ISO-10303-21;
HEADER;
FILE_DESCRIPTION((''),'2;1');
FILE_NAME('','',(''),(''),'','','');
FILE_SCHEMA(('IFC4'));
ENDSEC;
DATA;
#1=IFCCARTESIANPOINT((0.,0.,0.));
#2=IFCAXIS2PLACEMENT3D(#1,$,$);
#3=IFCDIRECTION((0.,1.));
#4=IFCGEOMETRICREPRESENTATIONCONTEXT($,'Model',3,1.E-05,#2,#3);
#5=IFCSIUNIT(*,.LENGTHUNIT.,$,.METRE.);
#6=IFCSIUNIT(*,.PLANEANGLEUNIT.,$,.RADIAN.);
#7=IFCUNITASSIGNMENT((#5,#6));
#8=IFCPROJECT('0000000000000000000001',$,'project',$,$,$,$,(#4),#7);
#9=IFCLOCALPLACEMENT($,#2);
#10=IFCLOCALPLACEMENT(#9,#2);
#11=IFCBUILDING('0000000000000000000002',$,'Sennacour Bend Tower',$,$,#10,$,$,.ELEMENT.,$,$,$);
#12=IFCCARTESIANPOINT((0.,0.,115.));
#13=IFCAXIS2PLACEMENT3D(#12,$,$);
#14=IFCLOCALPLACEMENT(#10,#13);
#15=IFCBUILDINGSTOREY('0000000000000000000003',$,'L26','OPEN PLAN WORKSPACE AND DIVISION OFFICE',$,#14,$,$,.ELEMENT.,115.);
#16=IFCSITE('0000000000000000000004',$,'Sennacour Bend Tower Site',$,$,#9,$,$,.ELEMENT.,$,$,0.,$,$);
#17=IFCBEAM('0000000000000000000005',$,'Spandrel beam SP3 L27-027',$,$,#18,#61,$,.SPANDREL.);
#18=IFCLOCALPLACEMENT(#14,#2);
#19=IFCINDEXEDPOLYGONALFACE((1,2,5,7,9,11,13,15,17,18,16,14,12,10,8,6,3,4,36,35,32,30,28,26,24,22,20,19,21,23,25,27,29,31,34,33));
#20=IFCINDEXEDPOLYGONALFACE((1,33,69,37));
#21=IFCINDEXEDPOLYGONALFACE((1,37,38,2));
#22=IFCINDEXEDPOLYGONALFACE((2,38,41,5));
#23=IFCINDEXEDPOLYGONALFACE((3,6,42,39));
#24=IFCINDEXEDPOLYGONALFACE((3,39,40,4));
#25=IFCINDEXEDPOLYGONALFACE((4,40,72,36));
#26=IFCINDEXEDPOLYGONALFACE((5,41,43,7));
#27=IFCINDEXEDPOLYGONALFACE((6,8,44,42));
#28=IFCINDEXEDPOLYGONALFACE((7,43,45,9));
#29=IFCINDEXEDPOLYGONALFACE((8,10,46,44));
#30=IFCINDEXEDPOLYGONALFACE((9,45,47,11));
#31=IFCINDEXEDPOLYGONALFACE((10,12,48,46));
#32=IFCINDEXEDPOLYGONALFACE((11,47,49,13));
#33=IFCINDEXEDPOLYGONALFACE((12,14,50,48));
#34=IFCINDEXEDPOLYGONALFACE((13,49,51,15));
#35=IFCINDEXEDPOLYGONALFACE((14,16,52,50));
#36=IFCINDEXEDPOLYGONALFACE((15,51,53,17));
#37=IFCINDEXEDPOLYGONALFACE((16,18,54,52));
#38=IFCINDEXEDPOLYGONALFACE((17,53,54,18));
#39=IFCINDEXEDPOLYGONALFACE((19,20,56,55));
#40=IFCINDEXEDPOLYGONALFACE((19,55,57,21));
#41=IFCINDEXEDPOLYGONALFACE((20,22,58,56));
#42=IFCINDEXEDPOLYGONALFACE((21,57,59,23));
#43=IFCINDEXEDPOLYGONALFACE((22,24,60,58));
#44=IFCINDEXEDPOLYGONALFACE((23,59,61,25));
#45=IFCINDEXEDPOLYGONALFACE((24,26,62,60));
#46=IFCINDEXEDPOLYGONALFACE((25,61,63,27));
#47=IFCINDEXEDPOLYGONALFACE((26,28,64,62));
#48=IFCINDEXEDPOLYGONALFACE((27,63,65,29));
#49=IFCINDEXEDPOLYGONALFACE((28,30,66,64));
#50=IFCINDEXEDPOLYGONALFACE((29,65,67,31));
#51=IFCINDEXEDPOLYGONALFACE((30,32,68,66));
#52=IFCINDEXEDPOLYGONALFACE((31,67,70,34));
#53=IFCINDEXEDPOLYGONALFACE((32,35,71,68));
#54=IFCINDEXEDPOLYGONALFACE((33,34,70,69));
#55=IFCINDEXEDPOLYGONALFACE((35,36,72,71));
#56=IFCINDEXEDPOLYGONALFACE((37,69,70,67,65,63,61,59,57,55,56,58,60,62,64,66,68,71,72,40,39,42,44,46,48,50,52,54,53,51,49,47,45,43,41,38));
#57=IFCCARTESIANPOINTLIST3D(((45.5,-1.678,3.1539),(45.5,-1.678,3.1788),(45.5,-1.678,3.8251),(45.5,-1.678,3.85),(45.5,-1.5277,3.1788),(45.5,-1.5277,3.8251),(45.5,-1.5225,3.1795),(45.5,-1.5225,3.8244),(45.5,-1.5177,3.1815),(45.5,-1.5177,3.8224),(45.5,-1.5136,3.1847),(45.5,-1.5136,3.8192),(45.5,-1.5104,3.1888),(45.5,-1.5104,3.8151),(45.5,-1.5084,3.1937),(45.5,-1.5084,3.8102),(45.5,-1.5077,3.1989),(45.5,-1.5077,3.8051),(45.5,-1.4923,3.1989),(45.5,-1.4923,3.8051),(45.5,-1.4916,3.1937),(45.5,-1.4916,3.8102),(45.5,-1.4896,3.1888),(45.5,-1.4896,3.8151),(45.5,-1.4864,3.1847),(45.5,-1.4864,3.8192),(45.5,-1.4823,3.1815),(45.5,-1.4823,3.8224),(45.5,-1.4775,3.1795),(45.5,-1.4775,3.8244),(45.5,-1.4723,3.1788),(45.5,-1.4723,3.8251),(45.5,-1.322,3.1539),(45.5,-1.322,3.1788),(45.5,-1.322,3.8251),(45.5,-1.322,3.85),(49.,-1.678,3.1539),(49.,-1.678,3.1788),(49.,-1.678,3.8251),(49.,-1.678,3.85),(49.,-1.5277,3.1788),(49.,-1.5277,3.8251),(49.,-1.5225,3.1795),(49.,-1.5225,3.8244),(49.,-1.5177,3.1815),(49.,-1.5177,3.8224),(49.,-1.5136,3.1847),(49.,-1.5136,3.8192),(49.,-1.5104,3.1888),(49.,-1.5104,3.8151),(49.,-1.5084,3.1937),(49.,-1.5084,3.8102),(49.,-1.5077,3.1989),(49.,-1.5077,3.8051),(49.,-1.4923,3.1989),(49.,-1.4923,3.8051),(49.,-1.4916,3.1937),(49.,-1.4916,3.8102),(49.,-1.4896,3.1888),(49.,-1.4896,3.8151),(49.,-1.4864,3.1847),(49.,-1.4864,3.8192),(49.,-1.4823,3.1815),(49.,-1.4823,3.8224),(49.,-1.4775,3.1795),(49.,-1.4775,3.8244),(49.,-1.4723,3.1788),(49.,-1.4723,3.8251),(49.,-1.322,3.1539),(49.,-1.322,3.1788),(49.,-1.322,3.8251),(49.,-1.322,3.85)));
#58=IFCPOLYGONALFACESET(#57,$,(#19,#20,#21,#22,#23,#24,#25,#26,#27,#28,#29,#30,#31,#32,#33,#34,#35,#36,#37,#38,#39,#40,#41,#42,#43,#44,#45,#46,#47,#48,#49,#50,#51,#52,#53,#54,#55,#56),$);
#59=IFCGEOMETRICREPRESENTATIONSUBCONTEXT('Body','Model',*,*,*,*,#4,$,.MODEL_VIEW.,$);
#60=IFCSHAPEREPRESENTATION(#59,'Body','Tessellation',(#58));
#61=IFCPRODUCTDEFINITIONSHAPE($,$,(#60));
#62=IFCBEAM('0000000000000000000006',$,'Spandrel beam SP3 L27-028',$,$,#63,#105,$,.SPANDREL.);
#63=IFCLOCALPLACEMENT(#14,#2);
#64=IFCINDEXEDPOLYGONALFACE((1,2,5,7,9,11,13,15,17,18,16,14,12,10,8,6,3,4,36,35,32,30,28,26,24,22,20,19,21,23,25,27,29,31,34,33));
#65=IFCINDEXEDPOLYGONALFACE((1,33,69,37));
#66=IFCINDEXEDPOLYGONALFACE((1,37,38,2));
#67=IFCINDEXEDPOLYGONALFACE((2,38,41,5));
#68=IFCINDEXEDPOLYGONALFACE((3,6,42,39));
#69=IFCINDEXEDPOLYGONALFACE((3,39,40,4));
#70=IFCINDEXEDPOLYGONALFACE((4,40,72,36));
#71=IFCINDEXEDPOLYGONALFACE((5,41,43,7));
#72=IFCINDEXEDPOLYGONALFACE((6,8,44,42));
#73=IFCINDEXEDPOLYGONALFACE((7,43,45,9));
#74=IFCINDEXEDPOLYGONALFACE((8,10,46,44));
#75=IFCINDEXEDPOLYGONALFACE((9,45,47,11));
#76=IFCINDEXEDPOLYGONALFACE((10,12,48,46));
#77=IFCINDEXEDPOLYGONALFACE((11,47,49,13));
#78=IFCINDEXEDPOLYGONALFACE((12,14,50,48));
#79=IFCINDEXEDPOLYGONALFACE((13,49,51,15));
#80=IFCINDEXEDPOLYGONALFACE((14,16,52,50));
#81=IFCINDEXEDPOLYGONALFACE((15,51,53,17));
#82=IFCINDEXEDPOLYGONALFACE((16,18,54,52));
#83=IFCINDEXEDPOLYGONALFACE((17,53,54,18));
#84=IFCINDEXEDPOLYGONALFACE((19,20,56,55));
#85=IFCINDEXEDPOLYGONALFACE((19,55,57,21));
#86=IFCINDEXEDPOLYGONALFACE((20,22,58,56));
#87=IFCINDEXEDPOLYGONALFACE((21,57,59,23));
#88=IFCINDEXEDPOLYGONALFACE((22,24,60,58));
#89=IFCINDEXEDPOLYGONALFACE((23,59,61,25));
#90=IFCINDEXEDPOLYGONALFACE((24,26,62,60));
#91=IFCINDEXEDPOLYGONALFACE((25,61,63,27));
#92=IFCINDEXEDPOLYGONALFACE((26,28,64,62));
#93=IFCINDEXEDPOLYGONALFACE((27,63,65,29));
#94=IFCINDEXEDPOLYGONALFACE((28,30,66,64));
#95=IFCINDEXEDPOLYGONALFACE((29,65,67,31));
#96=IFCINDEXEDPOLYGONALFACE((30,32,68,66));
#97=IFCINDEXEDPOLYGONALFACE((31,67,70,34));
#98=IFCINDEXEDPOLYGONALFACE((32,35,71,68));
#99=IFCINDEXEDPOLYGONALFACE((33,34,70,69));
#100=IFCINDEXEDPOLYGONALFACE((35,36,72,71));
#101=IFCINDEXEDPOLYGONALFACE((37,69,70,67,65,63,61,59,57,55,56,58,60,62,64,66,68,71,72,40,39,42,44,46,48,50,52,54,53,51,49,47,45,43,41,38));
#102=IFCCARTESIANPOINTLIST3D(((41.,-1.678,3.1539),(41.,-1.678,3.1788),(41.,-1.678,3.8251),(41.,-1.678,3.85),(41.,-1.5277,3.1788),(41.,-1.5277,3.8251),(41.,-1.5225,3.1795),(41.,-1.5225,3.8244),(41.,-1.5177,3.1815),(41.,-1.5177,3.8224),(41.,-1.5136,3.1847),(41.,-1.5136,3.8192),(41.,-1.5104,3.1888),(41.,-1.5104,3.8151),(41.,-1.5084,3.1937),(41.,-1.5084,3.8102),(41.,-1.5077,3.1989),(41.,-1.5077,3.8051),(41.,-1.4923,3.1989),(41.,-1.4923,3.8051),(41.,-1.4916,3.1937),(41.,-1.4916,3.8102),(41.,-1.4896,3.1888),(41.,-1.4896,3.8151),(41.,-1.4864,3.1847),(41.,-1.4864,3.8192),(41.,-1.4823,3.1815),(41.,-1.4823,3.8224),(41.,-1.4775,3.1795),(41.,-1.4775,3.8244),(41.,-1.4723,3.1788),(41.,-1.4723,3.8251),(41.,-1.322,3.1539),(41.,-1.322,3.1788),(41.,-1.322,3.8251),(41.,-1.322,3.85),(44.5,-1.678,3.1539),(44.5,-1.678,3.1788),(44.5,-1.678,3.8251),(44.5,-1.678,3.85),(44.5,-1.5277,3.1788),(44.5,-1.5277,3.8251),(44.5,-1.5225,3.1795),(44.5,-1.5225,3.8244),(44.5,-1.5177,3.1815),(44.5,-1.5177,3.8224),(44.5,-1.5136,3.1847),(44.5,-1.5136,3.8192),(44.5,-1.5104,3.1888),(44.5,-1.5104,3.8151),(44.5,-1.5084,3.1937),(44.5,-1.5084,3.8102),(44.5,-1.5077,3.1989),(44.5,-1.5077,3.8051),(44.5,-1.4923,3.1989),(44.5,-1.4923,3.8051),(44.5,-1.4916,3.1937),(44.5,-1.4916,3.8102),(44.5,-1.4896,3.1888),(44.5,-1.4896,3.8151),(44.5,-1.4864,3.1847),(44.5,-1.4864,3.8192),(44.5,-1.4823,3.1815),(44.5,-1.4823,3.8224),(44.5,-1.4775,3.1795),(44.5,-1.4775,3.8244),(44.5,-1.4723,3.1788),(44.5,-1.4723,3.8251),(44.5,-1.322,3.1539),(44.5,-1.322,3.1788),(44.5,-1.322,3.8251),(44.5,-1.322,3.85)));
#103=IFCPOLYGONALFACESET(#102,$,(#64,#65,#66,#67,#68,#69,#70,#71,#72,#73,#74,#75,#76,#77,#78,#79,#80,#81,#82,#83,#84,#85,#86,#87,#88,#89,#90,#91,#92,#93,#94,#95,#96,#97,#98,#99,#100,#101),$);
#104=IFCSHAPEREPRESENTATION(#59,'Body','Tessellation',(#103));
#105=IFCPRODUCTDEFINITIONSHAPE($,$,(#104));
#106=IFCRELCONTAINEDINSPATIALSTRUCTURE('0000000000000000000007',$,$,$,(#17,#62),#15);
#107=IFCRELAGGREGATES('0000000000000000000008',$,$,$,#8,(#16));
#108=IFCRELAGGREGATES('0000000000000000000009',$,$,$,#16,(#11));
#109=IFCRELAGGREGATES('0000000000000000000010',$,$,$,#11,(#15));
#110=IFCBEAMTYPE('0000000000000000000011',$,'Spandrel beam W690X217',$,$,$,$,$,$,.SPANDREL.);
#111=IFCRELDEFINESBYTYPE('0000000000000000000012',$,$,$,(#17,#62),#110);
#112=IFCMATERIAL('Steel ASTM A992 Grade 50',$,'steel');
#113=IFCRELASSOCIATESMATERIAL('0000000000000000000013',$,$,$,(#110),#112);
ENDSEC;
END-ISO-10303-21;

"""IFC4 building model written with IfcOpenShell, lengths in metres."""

from ifc_helpers import new_model, si_unit, direction, frame, origin, origin_2d, place, context, subcontext, project, spatial, i_section, extrude, material, material_profile, profile_set, type_object, element, save


model = new_model("IFC4")

# Units and contexts
model_context = context("Model", 3, precision=1e-05, world=origin(), true_north=direction((0.0, 1.0)))
body_context = subcontext(model_context, "Body", "Model", "MODEL_VIEW")
ifc_project = project(units=[si_unit("LENGTHUNIT", "METRE"), si_unit("PLANEANGLEUNIT", "RADIAN")], contexts=[model_context])

# Site, building, storey
site_placement = place(None, origin())
site = spatial("IfcSite", under=ifc_project, at=site_placement, Name="Sennacour Bend Tower Site", CompositionType="ELEMENT", RefElevation=0.0)
building_placement = place(site_placement, origin())
building = spatial("IfcBuilding", under=site, at=building_placement, Name="Sennacour Bend Tower", CompositionType="ELEMENT")
storey_placement = place(building_placement, frame((0.0, 0.0, 115.0)))
storey = spatial("IfcBuildingStorey", under=building, at=storey_placement, Name="L26", Description="OPEN PLAN WORKSPACE AND DIVISION OFFICE", CompositionType="ELEMENT", Elevation=115.0)

# Beams
ifc_material_1 = material(Name="Steel ASTM A992 Grade 50", Category="steel")
ifc_material_profile_1 = material_profile(ifc_material_1, i_section(OverallWidth=0.356, OverallDepth=0.696, WebThickness=0.0154, FlangeThickness=0.0249, FilletRadius=0.02, at=origin_2d()), Name="Steel ASTM A992 Grade 50", Category="steel")
ifc_profile_set_1 = profile_set([ifc_material_profile_1], Name="Steel ASTM A992 Grade 50")
beam_type_1 = type_object("IfcBeamType", Name="Spandrel beam W690X217", PredefinedType="SPANDREL", material=ifc_profile_set_1)
for number, where, z_axis, x_axis, name in (
    (1, (49.0, -1.5, 3.502), (-1.0, 0.0, 0.0), (0.0, -1.0, 0.0), "Spandrel beam SP3 L27-027"),
    (2, (44.5, -1.5, 3.502), (-1.0, 0.0, 0.0), (0.0, -1.0, 0.0), "Spandrel beam SP3 L27-028"),
):
    element("IfcBeam", number, at=place(storey_placement, frame(where, z_axis=z_axis, x_axis=x_axis)), inside=storey, type_object=beam_type_1, Name=name, PredefinedType="SPANDREL", context=body_context, shape_type="SweptSolid", body=[
        extrude(i_section(OverallWidth=0.356, OverallDepth=0.696, WebThickness=0.0154, FlangeThickness=0.0249, FilletRadius=0.02, at=origin_2d()), origin(), (0.0, 0.0, 1.0), 3.5),
    ])

save(model, "model.ifc")
